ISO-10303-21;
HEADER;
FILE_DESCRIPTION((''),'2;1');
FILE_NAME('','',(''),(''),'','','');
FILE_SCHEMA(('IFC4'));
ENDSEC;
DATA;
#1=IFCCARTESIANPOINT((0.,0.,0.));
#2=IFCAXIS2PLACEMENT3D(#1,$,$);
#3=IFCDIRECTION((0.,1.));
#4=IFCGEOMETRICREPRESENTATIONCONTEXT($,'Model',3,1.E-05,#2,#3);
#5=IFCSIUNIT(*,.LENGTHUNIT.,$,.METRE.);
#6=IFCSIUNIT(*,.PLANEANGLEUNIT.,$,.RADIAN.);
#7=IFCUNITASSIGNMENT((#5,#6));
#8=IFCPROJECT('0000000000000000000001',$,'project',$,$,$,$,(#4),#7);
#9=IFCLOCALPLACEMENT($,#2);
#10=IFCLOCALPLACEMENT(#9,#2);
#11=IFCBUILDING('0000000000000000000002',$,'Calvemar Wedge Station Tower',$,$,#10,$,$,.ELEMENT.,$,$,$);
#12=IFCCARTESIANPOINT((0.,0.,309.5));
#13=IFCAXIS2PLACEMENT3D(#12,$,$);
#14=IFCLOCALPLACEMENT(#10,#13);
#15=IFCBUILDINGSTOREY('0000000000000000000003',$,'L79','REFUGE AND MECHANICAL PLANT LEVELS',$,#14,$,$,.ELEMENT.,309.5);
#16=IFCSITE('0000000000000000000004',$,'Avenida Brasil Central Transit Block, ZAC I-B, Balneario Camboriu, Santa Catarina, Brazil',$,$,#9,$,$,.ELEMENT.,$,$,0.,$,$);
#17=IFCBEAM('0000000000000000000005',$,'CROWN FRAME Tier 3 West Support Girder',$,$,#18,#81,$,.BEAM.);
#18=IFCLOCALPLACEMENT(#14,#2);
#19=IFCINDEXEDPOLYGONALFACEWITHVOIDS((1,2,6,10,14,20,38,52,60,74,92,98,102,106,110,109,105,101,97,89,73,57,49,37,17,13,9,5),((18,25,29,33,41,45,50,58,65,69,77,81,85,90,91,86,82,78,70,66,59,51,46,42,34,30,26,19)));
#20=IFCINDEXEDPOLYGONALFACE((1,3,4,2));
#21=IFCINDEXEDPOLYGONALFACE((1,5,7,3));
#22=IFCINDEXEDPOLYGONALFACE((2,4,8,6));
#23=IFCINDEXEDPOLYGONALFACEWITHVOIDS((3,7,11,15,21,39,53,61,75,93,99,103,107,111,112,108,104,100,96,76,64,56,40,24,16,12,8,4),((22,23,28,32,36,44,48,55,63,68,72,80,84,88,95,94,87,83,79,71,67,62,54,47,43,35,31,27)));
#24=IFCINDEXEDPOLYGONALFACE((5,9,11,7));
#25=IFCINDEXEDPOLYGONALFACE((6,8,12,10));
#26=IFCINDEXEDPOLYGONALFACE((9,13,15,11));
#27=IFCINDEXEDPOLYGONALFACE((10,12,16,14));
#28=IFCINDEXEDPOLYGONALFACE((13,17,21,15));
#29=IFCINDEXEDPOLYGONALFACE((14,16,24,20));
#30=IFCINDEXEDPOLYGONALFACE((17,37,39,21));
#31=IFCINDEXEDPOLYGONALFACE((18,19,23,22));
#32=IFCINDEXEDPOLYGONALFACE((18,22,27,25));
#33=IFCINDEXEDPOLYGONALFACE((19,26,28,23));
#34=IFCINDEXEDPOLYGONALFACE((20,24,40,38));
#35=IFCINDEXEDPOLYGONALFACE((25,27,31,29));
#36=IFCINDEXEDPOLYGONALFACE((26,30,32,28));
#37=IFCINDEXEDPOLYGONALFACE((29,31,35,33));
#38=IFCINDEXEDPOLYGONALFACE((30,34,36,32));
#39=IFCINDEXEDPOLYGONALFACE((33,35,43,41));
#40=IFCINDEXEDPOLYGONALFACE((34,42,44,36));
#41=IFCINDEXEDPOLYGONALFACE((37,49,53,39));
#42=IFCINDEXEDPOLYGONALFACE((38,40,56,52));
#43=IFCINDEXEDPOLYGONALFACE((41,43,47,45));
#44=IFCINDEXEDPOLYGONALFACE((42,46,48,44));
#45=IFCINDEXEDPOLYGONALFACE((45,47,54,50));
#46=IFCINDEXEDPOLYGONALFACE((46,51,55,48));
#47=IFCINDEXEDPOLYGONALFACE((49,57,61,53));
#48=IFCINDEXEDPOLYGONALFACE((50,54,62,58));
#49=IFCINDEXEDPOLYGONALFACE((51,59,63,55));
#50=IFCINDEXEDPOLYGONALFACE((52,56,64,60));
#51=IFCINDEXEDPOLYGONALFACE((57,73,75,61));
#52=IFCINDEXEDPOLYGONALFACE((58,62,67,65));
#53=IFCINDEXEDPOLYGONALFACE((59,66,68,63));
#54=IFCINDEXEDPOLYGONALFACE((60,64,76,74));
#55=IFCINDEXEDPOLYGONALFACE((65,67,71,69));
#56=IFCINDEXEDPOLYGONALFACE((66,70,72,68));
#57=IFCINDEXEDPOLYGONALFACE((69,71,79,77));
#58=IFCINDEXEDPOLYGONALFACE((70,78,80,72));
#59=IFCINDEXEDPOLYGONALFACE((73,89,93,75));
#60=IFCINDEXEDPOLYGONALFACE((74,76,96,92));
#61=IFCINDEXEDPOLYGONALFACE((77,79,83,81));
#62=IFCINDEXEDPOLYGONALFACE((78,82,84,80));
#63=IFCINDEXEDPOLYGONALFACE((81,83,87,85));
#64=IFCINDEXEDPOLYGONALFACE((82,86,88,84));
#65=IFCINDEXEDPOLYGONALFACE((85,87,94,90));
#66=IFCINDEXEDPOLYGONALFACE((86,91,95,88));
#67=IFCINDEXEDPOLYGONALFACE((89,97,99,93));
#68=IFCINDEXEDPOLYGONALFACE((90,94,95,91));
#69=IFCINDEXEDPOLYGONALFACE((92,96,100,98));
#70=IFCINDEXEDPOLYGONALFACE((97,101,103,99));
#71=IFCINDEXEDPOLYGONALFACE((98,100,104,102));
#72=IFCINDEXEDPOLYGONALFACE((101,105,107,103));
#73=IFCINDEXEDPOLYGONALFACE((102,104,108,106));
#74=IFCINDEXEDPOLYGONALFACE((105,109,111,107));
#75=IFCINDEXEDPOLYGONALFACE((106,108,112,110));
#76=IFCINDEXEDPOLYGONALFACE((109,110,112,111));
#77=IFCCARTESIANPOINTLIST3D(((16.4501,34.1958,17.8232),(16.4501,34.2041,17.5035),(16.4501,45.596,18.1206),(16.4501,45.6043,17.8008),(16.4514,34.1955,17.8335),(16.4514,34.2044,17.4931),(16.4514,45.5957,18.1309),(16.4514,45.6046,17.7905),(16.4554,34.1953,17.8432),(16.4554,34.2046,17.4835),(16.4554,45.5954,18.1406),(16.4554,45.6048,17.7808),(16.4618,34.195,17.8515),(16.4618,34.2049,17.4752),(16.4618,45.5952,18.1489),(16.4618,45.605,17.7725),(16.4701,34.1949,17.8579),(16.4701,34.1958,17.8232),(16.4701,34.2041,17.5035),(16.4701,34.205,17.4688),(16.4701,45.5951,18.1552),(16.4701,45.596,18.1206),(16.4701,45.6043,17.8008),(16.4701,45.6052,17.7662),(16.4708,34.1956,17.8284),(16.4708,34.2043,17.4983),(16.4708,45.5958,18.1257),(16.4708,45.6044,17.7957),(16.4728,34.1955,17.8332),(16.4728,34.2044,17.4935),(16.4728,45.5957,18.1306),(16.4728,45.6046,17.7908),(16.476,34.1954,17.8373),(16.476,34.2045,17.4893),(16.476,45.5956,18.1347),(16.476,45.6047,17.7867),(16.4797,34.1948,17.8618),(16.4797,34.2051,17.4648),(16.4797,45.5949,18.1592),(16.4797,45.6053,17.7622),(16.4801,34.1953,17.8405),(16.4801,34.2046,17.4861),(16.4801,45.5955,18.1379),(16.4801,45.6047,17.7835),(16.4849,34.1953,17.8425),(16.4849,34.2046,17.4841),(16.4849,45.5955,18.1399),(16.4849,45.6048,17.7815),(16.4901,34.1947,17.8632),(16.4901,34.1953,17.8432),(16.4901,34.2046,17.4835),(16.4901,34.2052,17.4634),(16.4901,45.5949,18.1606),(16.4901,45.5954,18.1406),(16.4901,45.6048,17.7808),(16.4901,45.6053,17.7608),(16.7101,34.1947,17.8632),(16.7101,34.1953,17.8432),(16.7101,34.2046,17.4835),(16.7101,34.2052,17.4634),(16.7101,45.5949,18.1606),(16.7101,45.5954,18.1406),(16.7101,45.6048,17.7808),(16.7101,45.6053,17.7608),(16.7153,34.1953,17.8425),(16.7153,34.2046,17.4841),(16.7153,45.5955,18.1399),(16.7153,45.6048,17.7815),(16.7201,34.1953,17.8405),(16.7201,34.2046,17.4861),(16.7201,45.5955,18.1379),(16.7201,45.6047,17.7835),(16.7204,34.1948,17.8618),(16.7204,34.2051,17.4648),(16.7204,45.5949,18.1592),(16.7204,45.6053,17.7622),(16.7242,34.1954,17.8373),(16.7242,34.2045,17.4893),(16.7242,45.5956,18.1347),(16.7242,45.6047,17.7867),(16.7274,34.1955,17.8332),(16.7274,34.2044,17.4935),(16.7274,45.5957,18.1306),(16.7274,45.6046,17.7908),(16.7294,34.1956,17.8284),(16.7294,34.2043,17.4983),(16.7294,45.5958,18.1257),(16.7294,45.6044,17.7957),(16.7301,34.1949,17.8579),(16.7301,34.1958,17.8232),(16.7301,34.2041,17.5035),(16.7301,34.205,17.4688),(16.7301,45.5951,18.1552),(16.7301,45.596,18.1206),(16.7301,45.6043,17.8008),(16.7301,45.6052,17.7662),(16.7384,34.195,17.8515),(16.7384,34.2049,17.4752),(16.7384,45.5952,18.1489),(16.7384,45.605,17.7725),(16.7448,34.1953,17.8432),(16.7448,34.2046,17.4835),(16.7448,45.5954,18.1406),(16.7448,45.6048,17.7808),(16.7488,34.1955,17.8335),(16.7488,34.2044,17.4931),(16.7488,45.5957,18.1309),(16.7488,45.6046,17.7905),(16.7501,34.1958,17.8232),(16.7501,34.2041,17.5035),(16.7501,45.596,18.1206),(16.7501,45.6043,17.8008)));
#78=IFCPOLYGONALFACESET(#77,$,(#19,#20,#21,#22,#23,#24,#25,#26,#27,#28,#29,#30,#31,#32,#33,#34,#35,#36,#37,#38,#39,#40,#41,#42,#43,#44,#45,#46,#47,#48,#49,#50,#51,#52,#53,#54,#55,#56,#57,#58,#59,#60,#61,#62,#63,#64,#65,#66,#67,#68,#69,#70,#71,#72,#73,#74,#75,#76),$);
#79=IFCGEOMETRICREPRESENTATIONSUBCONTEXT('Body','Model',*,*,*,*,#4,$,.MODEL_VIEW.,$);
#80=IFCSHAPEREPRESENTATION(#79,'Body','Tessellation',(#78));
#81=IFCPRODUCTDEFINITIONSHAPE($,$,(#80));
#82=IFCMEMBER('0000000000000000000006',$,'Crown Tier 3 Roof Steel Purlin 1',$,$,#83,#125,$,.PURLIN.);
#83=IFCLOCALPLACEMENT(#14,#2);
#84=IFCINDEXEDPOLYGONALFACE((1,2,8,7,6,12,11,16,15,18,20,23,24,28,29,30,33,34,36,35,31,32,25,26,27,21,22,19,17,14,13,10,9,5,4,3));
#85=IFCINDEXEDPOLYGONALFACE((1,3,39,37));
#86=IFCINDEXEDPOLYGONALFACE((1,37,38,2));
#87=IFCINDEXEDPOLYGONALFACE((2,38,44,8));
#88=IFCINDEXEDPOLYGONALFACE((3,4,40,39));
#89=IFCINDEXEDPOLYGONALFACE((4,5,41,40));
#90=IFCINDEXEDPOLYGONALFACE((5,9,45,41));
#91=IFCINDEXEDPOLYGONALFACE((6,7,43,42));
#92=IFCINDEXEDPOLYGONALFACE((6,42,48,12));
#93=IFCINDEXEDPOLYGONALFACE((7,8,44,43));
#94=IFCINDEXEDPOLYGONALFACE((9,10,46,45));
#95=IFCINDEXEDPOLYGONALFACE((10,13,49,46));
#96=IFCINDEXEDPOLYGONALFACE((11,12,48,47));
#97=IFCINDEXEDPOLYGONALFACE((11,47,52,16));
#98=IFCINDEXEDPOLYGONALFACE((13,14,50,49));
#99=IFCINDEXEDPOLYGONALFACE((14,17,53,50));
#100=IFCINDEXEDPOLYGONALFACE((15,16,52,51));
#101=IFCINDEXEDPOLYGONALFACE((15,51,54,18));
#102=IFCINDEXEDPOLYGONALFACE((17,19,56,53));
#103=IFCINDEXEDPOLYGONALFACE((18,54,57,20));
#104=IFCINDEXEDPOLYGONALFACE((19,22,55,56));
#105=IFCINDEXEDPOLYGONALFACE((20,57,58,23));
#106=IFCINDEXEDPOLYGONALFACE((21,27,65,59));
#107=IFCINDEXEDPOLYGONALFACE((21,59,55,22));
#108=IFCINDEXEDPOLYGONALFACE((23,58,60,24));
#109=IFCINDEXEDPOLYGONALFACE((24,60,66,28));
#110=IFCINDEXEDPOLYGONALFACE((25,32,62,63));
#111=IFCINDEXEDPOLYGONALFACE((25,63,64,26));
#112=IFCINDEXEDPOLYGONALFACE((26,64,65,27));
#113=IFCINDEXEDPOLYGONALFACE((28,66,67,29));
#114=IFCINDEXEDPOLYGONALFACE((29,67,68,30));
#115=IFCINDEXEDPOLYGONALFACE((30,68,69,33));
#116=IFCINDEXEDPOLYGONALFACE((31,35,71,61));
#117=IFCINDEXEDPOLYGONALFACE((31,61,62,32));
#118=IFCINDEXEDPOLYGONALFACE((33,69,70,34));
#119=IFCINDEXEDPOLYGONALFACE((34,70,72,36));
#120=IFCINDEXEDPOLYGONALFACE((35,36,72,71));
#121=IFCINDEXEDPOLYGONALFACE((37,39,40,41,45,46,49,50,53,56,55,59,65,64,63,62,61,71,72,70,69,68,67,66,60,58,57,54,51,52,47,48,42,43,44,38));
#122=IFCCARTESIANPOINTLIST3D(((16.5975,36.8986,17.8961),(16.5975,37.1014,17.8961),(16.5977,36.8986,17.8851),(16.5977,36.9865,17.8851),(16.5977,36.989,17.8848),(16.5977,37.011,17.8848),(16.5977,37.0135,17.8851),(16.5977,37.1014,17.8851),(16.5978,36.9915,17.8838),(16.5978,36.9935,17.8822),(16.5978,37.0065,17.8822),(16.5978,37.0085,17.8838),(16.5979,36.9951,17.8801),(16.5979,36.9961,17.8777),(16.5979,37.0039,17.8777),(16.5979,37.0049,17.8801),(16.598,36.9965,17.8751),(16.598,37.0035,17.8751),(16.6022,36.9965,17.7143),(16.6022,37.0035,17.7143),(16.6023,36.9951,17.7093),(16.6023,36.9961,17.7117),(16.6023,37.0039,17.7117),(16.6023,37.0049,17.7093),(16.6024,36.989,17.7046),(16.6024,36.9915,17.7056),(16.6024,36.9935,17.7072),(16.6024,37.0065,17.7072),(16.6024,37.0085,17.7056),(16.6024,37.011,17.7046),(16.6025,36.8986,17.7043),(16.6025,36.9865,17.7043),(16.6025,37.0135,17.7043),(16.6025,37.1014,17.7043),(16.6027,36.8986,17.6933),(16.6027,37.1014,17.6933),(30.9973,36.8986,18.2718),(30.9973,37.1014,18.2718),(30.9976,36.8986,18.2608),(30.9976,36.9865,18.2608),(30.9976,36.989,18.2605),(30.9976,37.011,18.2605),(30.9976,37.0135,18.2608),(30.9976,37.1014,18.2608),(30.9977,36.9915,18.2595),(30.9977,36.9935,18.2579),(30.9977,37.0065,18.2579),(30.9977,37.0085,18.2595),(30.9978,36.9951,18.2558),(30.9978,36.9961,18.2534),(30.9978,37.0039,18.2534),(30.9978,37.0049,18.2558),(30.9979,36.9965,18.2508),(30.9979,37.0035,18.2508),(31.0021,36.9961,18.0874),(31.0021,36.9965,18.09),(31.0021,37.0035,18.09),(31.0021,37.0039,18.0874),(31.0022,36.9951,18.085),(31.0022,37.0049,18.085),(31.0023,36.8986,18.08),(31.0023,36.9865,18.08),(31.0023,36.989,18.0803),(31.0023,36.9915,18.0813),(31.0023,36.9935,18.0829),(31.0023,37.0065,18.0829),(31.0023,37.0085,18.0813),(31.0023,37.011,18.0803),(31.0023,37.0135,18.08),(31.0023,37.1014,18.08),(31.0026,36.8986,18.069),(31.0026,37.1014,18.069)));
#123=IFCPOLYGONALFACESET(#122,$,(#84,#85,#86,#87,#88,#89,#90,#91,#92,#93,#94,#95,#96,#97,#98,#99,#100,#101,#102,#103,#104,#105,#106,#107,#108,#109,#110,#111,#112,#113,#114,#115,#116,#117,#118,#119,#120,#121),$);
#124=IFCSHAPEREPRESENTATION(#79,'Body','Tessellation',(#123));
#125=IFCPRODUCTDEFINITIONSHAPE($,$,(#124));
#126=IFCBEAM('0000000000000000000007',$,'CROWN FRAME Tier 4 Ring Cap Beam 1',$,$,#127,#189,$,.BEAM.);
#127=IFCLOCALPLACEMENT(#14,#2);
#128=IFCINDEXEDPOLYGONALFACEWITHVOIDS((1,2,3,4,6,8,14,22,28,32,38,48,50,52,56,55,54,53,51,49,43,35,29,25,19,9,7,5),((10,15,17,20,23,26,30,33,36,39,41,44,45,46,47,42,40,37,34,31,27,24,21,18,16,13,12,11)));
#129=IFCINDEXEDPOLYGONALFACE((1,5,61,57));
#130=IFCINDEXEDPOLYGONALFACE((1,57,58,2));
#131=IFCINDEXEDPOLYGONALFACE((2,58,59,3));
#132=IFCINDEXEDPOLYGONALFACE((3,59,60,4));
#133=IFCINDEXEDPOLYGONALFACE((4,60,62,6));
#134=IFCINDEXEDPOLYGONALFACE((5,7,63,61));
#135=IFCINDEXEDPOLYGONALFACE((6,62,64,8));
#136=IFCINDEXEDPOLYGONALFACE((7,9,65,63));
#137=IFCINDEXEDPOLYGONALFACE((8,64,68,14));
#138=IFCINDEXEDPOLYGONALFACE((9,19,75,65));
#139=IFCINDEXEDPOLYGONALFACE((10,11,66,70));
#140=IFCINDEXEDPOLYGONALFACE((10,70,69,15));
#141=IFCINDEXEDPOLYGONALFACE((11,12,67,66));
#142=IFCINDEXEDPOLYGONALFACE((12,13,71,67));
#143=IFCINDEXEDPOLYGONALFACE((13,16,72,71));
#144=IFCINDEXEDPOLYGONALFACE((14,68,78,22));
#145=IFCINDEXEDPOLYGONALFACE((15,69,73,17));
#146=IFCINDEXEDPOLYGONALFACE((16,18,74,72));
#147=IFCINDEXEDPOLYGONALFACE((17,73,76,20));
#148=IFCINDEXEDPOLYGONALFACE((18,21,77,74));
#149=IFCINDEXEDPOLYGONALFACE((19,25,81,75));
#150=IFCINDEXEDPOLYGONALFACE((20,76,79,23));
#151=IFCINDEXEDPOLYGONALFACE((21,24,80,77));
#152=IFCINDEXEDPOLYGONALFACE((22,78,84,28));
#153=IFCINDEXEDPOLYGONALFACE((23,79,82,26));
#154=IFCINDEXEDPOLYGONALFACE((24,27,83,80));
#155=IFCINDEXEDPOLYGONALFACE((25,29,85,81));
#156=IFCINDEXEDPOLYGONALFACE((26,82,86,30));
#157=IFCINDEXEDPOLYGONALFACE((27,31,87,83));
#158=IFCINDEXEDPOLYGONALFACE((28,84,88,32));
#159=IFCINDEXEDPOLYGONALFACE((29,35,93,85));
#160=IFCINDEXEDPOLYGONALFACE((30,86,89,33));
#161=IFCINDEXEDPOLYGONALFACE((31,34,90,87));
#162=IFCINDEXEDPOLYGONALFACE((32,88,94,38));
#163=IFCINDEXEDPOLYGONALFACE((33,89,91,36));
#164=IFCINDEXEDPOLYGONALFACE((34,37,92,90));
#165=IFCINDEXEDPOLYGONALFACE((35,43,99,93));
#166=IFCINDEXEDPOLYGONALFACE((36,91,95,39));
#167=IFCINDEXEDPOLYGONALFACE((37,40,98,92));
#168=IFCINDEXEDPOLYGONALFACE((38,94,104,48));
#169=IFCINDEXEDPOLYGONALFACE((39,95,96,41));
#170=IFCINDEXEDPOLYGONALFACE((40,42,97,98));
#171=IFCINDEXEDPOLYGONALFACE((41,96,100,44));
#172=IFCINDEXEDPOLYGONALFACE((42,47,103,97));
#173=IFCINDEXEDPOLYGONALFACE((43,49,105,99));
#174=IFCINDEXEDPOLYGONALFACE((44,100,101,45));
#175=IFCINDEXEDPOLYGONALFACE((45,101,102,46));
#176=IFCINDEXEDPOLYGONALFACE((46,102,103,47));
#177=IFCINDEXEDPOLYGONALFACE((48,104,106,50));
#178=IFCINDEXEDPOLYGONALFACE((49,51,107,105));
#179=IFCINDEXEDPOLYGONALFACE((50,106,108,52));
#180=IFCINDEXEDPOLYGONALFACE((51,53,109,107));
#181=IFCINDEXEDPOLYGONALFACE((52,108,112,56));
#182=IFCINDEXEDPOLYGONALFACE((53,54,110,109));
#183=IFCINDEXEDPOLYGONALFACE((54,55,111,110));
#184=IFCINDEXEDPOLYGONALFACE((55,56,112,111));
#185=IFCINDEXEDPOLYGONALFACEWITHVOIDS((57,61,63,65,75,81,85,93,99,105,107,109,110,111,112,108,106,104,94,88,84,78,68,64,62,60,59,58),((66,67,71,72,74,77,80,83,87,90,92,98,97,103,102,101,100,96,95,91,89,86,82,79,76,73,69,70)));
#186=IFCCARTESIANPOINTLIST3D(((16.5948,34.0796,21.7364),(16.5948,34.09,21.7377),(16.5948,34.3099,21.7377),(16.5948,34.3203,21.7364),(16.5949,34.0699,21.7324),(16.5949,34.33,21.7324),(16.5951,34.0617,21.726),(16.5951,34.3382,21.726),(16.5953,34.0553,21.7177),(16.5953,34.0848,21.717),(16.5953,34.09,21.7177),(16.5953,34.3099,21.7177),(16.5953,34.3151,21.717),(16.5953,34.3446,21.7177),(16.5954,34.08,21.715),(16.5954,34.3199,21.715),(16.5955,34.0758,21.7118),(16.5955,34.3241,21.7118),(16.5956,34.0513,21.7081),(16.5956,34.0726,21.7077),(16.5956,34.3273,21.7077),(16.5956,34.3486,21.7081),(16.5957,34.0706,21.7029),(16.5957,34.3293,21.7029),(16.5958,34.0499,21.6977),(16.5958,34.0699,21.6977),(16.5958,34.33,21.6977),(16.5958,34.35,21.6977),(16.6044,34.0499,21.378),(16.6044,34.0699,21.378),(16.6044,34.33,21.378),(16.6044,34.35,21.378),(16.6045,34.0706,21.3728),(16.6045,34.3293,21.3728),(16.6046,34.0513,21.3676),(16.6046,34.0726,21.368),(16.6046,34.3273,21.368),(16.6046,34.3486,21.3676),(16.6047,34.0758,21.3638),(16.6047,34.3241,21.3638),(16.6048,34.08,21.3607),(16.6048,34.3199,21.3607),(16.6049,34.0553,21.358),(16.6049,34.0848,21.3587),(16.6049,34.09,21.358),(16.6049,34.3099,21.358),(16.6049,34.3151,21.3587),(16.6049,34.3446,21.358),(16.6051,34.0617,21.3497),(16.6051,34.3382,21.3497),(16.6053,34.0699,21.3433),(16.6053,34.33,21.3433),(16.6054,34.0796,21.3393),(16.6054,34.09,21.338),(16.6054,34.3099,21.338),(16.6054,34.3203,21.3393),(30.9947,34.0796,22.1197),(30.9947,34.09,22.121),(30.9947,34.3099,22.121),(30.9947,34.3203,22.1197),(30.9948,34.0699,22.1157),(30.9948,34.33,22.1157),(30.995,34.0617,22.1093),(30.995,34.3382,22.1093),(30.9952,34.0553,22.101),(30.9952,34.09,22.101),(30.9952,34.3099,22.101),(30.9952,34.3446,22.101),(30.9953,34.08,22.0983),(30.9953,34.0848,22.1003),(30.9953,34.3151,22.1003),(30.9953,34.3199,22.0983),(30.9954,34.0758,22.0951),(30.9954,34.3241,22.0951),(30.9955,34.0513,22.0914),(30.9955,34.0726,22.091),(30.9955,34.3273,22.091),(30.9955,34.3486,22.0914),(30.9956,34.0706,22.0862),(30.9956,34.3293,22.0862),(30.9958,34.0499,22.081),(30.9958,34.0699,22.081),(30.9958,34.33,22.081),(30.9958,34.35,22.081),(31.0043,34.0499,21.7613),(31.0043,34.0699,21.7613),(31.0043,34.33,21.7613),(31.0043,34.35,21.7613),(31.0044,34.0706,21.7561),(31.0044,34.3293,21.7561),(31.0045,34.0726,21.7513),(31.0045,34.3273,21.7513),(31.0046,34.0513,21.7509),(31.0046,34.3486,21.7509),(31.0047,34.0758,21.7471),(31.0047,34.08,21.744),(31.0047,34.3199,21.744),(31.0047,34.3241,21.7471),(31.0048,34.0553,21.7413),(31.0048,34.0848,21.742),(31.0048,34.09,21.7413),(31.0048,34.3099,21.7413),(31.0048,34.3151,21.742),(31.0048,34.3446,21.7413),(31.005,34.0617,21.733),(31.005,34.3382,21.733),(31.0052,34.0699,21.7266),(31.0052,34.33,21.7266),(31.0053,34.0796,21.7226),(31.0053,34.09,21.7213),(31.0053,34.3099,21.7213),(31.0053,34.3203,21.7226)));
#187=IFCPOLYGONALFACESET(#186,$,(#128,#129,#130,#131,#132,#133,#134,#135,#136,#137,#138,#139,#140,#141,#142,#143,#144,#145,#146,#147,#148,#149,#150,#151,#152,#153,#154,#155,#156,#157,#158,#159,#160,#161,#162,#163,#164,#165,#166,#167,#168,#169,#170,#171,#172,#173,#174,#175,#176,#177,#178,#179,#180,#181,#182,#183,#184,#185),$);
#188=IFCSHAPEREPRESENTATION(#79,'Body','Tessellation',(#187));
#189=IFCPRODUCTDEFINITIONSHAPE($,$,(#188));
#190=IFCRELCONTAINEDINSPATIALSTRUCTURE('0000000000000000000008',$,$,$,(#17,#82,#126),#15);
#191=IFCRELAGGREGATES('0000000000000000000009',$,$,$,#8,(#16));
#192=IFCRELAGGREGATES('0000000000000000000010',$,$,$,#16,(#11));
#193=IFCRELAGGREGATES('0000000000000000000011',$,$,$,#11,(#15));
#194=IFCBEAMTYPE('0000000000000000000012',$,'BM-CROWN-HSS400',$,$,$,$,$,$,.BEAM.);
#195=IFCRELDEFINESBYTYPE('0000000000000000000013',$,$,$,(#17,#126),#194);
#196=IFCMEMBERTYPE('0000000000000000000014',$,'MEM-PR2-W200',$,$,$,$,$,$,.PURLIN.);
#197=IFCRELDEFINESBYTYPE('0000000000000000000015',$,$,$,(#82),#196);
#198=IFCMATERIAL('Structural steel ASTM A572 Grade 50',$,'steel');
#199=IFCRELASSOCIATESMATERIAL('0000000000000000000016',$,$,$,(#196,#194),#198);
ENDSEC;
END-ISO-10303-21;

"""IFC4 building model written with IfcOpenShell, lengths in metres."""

from ifc_helpers import new_model, si_unit, direction, frame, origin, origin_2d, place, context, subcontext, project, spatial, hollow_rectangle, i_section, extrude, source, transform, mapped, material, material_profile, profile_set, type_object, element, save


model = new_model("IFC4")

# Units and contexts
model_context = context("Model", 3, precision=1e-05, world=origin(), true_north=direction((0.0, 1.0)))
body_context = subcontext(model_context, "Body", "Model", "MODEL_VIEW")
ifc_project = project(units=[si_unit("LENGTHUNIT", "METRE"), si_unit("PLANEANGLEUNIT", "RADIAN")], contexts=[model_context])

# Site, building, storey
site_placement = place(None, origin())
site = spatial("IfcSite", under=ifc_project, at=site_placement, Name="Avenida Brasil Central Transit Block, ZAC I-B, Balneario Camboriu, Santa Catarina, Brazil", CompositionType="ELEMENT", RefElevation=0.0)
building_placement = place(site_placement, origin())
building = spatial("IfcBuilding", under=site, at=building_placement, Name="Calvemar Wedge Station Tower", CompositionType="ELEMENT")
storey_placement = place(building_placement, frame((0.0, 0.0, 309.5)))
storey = spatial("IfcBuildingStorey", under=building, at=storey_placement, Name="L79", Description="REFUGE AND MECHANICAL PLANT LEVELS", CompositionType="ELEMENT", Elevation=309.5)

# Shared definitions
ifc_material_1 = material(Name="Structural steel ASTM A572 Grade 50", Category="steel")

# Shared definitions
ifc_material_profile_1 = material_profile(ifc_material_1, i_section(OverallWidth=0.2029, OverallDepth=0.2029, WebThickness=0.0071, FlangeThickness=0.011, FilletRadius=0.01, at=origin_2d()), Name="W200x46.1")
ifc_profile_set_1 = profile_set([ifc_material_profile_1], Name="Structural steel ASTM A572 Grade 50")
member_type_1 = type_object("IfcMemberType", Name="MEM-PR2-W200", PredefinedType="PURLIN", material=ifc_profile_set_1)

# Shared definitions
ifc_material_profile_2 = material_profile(ifc_material_1, hollow_rectangle(XDim=0.3, YDim=0.3999, WallThickness=0.02, InnerFilletRadius=0.02, OuterFilletRadius=0.04, at=origin_2d()), Name="HSS400x300x20")
ifc_profile_set_2 = profile_set([ifc_material_profile_2], Name="Structural steel ASTM A572 Grade 50")
beam_type_1 = type_object("IfcBeamType", Name="BM-CROWN-HSS400", PredefinedType="BEAM", material=ifc_profile_set_2)

# Beam
shared_shape_1 = source(origin(), body_context, "Body", "SweptSolid", [
    extrude(hollow_rectangle(XDim=0.3, YDim=0.3999, WallThickness=0.02, InnerFilletRadius=0.02, OuterFilletRadius=0.04, at=origin_2d()), origin(), (0.0, 0.0, 1.0), 11.4041),
])
beam_1_placement = place(storey_placement, frame((16.6001, 34.2, 17.6633), z_axis=(0.0, 0.99966, 0.026075), x_axis=(-1.0, 0.0, 0.0)))
element("IfcBeam", 1, at=beam_1_placement, inside=storey, type_object=beam_type_1, Name="CROWN FRAME Tier 3 West Support Girder", PredefinedType="BEAM", context=body_context, shape_type="MappedRepresentation", body=[
    mapped(shared_shape_1, transform((0.0, 0.0, 0.0), scale=1.0)),
])

# Member
shared_shape_2 = source(origin(), body_context, "Body", "SweptSolid", [
    extrude(i_section(OverallWidth=0.2029, OverallDepth=0.2029, WebThickness=0.0071, FlangeThickness=0.011, FilletRadius=0.01, at=origin_2d()), origin(), (0.0, 0.0, 1.0), 14.4048),
])
member_1_placement = place(storey_placement, frame((16.6001, 37.0, 17.7947), z_axis=(0.99966, 0.0, 0.026084), x_axis=(0.0, 1.0, 0.0)))
element("IfcMember", 2, at=member_1_placement, inside=storey, type_object=member_type_1, Name="Crown Tier 3 Roof Steel Purlin 1", PredefinedType="PURLIN", context=body_context, shape_type="MappedRepresentation", body=[
    mapped(shared_shape_2, transform((0.0, 0.0, 0.0), scale=1.0)),
])

# Beam
shared_shape_3 = source(origin(), body_context, "Body", "SweptSolid", [
    extrude(hollow_rectangle(XDim=0.3, YDim=0.3999, WallThickness=0.02, InnerFilletRadius=0.02, OuterFilletRadius=0.04, at=origin_2d()), origin(), (0.0, 0.0, 1.0), 14.405),
])
beam_2_placement = place(storey_placement, frame((16.6001, 34.2, 21.5378), z_axis=(0.999646, 0.0, 0.026609), x_axis=(0.0, 1.0, 0.0)))
element("IfcBeam", 3, at=beam_2_placement, inside=storey, type_object=beam_type_1, Name="CROWN FRAME Tier 4 Ring Cap Beam 1", PredefinedType="BEAM", context=body_context, shape_type="MappedRepresentation", body=[
    mapped(shared_shape_3, transform((0.0, 0.0, 0.0), scale=1.0)),
])

save(model, "model.ifc")
